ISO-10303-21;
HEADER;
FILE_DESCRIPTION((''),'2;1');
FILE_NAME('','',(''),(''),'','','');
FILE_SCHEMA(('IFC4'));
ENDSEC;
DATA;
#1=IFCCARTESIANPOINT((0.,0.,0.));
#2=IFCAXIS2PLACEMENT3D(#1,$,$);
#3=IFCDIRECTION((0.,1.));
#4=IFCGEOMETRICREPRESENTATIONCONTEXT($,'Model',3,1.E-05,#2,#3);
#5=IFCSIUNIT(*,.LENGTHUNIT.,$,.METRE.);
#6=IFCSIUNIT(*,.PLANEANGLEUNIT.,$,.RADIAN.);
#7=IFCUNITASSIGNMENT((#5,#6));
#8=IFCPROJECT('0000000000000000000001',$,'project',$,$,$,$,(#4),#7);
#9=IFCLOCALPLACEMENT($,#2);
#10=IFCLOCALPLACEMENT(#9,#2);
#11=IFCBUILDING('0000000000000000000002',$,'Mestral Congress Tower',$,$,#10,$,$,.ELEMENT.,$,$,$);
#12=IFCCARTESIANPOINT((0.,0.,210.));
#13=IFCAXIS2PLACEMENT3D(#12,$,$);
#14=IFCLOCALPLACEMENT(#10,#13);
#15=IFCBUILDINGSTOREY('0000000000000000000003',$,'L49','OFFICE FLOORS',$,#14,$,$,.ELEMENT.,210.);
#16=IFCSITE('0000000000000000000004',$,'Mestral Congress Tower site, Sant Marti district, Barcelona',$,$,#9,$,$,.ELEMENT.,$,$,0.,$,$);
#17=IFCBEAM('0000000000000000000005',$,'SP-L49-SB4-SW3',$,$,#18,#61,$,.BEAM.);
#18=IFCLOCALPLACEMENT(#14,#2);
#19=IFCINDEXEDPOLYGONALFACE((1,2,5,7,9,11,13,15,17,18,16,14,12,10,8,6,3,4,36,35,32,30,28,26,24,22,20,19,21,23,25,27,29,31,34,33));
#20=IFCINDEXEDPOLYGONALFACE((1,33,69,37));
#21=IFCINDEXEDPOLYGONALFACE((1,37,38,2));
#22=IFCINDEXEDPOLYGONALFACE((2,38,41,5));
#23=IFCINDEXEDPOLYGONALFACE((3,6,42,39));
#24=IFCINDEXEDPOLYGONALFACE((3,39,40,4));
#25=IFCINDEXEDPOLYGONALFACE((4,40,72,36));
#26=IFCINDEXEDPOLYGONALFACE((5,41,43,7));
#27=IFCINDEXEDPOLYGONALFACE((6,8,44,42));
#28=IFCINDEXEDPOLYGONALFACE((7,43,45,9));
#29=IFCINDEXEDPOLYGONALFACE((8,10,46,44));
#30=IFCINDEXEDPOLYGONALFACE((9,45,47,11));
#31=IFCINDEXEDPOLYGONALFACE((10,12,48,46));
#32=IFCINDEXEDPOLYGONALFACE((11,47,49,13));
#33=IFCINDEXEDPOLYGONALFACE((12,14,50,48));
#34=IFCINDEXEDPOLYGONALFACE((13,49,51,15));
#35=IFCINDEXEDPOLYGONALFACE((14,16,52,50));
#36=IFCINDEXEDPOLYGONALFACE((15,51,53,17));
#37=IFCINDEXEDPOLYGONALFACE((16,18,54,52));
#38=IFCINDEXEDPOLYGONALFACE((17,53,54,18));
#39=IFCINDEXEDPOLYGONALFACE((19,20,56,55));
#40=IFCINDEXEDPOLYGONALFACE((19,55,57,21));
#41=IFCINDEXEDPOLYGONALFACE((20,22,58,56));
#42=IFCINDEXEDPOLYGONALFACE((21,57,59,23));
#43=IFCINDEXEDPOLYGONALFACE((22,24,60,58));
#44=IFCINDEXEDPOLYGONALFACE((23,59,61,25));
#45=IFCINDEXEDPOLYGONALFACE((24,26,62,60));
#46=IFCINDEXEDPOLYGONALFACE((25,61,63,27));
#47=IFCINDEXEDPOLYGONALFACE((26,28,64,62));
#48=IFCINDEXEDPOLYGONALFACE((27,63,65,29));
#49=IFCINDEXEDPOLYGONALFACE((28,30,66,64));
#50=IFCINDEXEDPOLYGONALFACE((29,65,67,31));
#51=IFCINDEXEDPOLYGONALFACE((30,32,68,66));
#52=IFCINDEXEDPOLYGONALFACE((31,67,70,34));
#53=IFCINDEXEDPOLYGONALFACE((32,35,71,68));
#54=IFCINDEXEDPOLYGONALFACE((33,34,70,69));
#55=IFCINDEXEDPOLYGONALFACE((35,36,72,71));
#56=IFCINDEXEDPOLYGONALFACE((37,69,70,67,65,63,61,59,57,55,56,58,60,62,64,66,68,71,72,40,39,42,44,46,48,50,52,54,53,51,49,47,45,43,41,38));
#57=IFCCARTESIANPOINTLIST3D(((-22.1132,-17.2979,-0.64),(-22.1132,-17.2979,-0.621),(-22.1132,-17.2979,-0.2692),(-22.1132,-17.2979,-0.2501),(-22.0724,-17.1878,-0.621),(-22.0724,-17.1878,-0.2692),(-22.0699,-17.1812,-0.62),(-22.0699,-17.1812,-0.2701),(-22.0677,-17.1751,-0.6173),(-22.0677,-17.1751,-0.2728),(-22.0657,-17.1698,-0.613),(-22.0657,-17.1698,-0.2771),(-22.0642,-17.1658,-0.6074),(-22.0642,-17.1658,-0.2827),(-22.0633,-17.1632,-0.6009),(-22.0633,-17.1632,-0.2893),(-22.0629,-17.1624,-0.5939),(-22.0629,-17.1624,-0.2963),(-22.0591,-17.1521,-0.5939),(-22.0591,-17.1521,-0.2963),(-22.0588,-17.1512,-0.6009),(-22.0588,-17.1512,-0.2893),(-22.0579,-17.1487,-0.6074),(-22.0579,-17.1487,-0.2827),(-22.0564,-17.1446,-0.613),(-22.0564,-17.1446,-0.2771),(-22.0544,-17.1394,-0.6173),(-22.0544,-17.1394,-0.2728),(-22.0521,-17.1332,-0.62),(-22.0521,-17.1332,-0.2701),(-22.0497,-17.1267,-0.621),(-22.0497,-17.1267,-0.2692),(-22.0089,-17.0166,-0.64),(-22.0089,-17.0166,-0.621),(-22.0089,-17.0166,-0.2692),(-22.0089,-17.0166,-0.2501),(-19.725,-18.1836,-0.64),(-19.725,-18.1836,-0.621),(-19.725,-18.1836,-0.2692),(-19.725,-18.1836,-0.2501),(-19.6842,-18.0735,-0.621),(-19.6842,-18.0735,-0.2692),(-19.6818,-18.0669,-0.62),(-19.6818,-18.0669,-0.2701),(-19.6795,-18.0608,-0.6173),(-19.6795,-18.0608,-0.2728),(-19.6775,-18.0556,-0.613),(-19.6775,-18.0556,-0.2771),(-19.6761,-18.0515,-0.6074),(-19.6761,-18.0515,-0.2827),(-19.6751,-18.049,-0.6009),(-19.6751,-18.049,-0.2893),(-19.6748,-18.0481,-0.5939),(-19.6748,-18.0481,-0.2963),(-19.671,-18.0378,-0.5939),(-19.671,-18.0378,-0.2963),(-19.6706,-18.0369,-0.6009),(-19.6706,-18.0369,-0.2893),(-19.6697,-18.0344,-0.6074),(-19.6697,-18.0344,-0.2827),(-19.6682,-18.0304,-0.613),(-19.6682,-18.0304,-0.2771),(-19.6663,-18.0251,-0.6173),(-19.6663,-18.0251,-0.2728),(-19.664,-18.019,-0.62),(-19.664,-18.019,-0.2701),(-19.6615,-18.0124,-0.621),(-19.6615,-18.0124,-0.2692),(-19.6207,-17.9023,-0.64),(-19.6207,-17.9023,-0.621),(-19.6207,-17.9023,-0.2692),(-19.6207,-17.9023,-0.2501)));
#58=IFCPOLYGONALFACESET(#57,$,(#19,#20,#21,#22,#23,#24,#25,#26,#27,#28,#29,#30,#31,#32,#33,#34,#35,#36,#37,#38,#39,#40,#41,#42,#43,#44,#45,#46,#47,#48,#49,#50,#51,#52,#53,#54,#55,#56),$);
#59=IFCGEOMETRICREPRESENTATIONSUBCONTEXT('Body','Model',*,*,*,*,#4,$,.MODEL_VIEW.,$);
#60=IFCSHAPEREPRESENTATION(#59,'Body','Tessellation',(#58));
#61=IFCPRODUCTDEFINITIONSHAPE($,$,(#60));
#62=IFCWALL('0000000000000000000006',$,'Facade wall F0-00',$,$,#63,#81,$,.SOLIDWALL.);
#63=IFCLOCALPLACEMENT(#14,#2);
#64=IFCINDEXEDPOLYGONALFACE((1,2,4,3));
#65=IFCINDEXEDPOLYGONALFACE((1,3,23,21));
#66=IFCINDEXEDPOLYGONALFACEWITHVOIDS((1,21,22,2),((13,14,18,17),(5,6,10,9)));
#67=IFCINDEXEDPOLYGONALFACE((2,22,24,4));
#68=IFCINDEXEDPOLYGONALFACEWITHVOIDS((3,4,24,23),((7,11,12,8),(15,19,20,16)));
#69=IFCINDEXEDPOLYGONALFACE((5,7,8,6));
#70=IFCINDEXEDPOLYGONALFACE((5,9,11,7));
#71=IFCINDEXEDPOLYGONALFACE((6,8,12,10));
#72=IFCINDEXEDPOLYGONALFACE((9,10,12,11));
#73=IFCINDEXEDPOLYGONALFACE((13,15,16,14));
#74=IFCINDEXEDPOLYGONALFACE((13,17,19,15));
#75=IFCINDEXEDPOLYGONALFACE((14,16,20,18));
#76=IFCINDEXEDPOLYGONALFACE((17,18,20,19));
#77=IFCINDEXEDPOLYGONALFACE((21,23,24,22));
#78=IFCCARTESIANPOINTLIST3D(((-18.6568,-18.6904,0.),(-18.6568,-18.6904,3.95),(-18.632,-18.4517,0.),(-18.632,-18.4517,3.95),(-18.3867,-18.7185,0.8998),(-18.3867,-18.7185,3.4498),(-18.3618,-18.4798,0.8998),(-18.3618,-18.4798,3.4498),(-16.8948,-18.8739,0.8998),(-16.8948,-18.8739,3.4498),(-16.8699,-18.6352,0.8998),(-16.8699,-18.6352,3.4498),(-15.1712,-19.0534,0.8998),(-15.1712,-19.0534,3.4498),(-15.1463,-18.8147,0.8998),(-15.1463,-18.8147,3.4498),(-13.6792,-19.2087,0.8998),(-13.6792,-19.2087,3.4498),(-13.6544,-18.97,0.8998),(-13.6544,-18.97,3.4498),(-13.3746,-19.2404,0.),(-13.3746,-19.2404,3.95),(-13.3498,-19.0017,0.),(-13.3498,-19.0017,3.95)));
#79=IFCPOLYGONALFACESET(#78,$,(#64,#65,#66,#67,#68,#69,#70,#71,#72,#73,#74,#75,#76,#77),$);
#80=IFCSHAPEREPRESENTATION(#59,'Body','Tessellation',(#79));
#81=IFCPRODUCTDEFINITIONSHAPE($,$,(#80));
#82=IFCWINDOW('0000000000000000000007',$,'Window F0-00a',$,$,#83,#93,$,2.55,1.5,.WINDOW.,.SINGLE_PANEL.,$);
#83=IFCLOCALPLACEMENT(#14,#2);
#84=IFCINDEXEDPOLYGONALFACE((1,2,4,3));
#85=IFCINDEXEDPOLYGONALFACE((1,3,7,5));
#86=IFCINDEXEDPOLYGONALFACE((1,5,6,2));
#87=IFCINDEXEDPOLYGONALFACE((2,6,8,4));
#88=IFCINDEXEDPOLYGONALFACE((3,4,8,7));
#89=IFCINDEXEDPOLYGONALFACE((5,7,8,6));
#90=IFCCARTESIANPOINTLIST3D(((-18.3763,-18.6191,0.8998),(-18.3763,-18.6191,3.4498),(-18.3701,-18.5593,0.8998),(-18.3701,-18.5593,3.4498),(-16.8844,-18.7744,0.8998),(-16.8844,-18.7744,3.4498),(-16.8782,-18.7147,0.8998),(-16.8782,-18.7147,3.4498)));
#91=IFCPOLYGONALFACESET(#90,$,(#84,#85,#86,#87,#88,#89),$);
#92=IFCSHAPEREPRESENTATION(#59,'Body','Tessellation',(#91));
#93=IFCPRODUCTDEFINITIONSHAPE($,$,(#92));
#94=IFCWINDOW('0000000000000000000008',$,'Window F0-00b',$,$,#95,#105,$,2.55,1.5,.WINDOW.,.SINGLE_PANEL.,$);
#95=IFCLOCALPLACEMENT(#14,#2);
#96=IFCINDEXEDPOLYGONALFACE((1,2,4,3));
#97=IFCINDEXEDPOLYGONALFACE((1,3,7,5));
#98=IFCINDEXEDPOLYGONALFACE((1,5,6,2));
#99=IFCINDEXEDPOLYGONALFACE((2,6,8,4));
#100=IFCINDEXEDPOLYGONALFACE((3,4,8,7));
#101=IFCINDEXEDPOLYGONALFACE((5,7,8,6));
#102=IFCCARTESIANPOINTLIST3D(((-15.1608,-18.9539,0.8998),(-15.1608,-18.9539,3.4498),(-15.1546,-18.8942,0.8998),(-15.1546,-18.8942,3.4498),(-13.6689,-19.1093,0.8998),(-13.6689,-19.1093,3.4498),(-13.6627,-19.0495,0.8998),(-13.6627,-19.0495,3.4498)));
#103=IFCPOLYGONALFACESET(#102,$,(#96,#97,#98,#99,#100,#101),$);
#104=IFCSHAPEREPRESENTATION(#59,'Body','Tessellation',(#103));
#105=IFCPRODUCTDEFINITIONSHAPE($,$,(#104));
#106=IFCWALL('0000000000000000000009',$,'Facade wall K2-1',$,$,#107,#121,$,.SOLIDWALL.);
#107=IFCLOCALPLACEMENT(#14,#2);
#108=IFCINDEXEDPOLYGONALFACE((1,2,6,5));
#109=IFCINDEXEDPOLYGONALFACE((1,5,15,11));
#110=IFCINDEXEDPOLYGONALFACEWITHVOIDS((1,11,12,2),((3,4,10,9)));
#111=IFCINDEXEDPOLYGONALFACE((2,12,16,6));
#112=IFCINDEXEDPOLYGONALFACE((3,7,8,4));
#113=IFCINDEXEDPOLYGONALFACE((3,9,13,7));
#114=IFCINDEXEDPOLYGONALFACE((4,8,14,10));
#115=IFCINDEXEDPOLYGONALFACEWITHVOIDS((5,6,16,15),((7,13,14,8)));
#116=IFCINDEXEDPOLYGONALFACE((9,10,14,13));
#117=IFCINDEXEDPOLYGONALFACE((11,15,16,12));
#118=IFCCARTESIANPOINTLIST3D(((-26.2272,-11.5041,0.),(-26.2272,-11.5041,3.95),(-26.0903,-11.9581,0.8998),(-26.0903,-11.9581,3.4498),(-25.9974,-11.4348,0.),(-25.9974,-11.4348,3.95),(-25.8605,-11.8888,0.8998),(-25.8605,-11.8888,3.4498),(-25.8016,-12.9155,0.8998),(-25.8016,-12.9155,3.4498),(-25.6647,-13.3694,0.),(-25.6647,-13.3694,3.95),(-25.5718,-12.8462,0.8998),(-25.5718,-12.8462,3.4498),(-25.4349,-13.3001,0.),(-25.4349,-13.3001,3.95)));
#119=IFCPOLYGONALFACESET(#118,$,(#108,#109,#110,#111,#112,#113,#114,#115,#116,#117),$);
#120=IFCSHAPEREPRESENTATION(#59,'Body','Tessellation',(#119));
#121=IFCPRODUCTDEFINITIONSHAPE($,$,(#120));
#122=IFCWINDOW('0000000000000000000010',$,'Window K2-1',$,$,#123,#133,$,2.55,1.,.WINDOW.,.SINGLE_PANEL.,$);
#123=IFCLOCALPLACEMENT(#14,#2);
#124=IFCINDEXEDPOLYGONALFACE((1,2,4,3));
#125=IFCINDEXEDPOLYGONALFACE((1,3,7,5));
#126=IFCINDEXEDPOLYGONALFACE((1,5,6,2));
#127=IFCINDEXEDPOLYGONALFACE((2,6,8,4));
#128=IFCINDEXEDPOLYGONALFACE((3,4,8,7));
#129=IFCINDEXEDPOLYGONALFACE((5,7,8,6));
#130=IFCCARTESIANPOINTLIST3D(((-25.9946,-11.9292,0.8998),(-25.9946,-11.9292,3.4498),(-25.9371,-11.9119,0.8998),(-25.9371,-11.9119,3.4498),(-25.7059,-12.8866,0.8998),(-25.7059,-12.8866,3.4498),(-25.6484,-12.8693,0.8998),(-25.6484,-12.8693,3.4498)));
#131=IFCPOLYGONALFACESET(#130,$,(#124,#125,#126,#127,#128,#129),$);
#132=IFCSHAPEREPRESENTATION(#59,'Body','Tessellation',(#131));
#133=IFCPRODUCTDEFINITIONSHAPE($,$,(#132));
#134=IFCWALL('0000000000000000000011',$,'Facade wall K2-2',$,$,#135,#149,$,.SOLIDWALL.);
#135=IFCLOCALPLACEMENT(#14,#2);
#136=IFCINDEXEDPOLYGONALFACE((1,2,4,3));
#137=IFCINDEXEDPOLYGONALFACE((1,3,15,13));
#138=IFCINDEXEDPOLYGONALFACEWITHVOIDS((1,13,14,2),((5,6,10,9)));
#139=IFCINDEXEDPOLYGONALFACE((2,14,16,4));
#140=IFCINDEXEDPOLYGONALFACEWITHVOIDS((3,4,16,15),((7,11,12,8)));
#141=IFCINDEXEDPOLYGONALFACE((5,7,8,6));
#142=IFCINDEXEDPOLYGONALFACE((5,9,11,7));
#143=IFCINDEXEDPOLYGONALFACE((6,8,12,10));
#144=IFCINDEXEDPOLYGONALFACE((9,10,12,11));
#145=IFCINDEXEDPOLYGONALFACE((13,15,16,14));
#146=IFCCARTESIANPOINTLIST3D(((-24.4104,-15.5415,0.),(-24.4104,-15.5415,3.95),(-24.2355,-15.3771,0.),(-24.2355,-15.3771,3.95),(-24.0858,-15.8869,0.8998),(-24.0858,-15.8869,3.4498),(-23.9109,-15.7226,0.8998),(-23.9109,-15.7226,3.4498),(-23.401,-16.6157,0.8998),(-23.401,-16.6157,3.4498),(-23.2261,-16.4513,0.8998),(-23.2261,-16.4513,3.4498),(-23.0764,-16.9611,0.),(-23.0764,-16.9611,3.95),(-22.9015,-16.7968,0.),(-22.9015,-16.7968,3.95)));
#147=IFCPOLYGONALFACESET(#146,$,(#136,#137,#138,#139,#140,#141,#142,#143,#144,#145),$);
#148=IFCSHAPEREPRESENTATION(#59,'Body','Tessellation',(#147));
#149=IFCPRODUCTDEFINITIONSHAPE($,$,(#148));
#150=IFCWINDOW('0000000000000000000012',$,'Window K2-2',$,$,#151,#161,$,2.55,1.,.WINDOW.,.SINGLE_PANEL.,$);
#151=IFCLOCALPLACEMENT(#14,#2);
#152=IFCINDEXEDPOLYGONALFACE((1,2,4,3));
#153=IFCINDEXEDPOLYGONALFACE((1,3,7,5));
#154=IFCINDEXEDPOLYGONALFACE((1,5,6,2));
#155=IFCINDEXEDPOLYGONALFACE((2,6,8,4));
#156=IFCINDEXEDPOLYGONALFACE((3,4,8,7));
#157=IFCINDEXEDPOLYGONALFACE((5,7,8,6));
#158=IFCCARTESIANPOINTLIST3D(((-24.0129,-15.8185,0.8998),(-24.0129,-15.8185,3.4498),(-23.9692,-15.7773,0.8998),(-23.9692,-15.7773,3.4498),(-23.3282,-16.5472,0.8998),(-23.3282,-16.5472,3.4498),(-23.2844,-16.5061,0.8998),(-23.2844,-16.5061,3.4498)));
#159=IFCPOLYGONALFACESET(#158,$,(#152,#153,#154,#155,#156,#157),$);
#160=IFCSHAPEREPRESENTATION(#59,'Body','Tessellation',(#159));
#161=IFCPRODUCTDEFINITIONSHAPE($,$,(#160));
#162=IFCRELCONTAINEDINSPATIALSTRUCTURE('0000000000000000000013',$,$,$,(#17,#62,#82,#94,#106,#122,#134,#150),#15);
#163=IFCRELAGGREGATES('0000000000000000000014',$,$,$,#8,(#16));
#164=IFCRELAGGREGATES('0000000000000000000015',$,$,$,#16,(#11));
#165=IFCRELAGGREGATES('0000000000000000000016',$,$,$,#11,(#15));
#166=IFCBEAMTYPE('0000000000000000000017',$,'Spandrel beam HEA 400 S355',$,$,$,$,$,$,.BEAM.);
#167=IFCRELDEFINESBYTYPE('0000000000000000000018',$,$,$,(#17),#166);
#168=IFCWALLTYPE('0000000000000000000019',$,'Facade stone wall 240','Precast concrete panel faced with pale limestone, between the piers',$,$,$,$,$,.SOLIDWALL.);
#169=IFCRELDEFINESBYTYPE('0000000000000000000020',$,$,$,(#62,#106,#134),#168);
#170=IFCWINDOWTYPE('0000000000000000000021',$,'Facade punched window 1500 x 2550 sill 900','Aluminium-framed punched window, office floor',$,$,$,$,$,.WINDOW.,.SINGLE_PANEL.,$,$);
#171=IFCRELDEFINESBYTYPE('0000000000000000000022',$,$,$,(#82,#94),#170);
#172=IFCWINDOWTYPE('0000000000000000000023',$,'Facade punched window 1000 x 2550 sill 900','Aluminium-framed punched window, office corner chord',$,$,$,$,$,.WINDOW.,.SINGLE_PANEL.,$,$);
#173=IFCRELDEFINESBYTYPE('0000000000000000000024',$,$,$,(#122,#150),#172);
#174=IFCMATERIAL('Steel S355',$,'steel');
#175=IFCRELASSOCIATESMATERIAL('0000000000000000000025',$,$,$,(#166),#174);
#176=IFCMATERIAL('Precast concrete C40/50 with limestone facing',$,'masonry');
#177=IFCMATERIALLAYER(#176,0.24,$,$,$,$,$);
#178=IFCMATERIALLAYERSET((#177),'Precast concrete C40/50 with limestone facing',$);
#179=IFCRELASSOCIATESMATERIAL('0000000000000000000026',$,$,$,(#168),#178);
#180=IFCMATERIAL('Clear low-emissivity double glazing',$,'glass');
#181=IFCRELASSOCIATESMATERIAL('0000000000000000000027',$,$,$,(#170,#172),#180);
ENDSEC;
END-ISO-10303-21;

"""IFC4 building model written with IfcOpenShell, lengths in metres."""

from ifc_helpers import new_model, si_unit, direction, frame, frame_2d, origin, origin_2d, place, context, subcontext, project, spatial, rectangle, i_section, extrude, material, layer, layer_set, material_profile, profile_set, type_object, element, fill, save


model = new_model("IFC4")

# Units and contexts
model_context = context("Model", 3, precision=1e-05, world=origin(), true_north=direction((0.0, 1.0)))
body_context = subcontext(model_context, "Body", "Model", "MODEL_VIEW")
ifc_project = project(units=[si_unit("LENGTHUNIT", "METRE"), si_unit("PLANEANGLEUNIT", "RADIAN")], contexts=[model_context])

# Site, building, storey
site_placement = place(None, origin())
site = spatial("IfcSite", under=ifc_project, at=site_placement, Name="Mestral Congress Tower site, Sant Marti district, Barcelona", CompositionType="ELEMENT", RefElevation=0.0)
building_placement = place(site_placement, origin())
building = spatial("IfcBuilding", under=site, at=building_placement, Name="Mestral Congress Tower", CompositionType="ELEMENT")
storey_placement = place(building_placement, frame((0.0, 0.0, 210.0)))
storey = spatial("IfcBuildingStorey", under=building, at=storey_placement, Name="L49", Description="OFFICE FLOORS", CompositionType="ELEMENT", Elevation=210.0)

# Beam
ifc_material_1 = material(Name="Steel S355", Category="steel")
ifc_material_profile_1 = material_profile(ifc_material_1, i_section(OverallWidth=0.3, OverallDepth=0.3899, WebThickness=0.011, FlangeThickness=0.019, FilletRadius=0.0271, at=origin_2d()), Name="HEA 400")
ifc_profile_set_1 = profile_set([ifc_material_profile_1], Name="Steel S355")
beam_type_1 = type_object("IfcBeamType", Name="Spandrel beam HEA 400 S355", PredefinedType="BEAM", material=ifc_profile_set_1)
beam_1_placement = place(storey_placement, frame((-22.061, -17.1572, -0.4451), z_axis=(0.937591, -0.347739, 0.0), x_axis=(0.347739, 0.937591, 0.0)))
element("IfcBeam", 1, at=beam_1_placement, inside=storey, type_object=beam_type_1, Name="SP-L49-SB4-SW3", PredefinedType="BEAM", context=body_context, shape_type="SweptSolid", body=[
    extrude(i_section(OverallWidth=0.3, OverallDepth=0.3899, WebThickness=0.011, FlangeThickness=0.019, FilletRadius=0.0271, at=origin_2d()), origin(), (0.0, 0.0, 1.0), 2.5471),
])

# Wall, openings, windows
ifc_material_2 = material(Name="Precast concrete C40/50 with limestone facing", Category="masonry")
ifc_layer_1 = layer(ifc_material_2, 0.24)
ifc_layer_set_1 = layer_set([ifc_layer_1], Name="Precast concrete C40/50 with limestone facing")
wall_type_1 = type_object("IfcWallType", Name="Facade stone wall 240", Description="Precast concrete panel faced with pale limestone, between the piers", PredefinedType="SOLIDWALL", material=ifc_layer_set_1)
wall_1_placement = place(storey_placement, frame((-18.6443, -18.571, 0.0), z_axis=(0.0, 0.0, 1.0), x_axis=(0.994622, -0.103572, 0.0)))
wall_1 = element("IfcWall", 2, at=wall_1_placement, inside=storey, type_object=wall_type_1, Name="Facade wall F0-00", PredefinedType="SOLIDWALL", context=body_context, shape_type="SweptSolid", body=[
    extrude(rectangle(XDim=5.3108, YDim=0.24, at=frame_2d((2.6553, 0.0))), origin(), (0.0, 0.0, 1.0), 3.95),
])
opening_1_placement = place(wall_1_placement, frame((0.2715, 0.0, 0.8999)))
opening_1 = element("IfcOpeningElement", 3, at=opening_1_placement, cuts=wall_1, PredefinedType="OPENING", context=body_context, shape_type="SweptSolid", body=[
    extrude(rectangle(XDim=1.5, YDim=2.55, at=frame_2d((0.75, 1.2749))), frame((0.0, 0.1299, 0.0), z_axis=(0.0, -1.0, 0.0), x_axis=(1.0, 0.0, 0.0)), (0.0, 0.0, 1.0), 0.26),
])
opening_2_placement = place(wall_1_placement, frame((3.5044, 0.0, 0.8999)))
opening_2 = element("IfcOpeningElement", 4, at=opening_2_placement, cuts=wall_1, PredefinedType="OPENING", context=body_context, shape_type="SweptSolid", body=[
    extrude(rectangle(XDim=1.5, YDim=2.55, at=frame_2d((0.75, 1.2749))), frame((0.0, 0.1299, 0.0), z_axis=(0.0, -1.0, 0.0), x_axis=(1.0, 0.0, 0.0)), (0.0, 0.0, 1.0), 0.26),
])
ifc_material_3 = material(Name="Clear low-emissivity double glazing", Category="glass")
window_type_1 = type_object("IfcWindowType", Name="Facade punched window 1500 x 2550 sill 900", Description="Aluminium-framed punched window, office floor", PartitioningType="SINGLE_PANEL", PredefinedType="WINDOW", material=ifc_material_3)
window_1_placement = place(opening_1_placement, origin())
window_1 = element("IfcWindow", 5, at=window_1_placement, inside=storey, type_object=window_type_1, Name="Window F0-00a", OverallHeight=2.55, OverallWidth=1.5, PartitioningType="SINGLE_PANEL", PredefinedType="WINDOW", context=body_context, shape_type="SweptSolid", body=[
    extrude(rectangle(XDim=1.5, YDim=2.55, at=frame_2d((0.75, 1.2749))), frame((0.0, 0.04, 0.0), z_axis=(0.0, -1.0, 0.0), x_axis=(1.0, 0.0, 0.0)), (0.0, 0.0, 1.0), 0.0601),
])
fill(opening_1, window_1)
window_2_placement = place(opening_2_placement, origin())
window_2 = element("IfcWindow", 6, at=window_2_placement, inside=storey, type_object=window_type_1, Name="Window F0-00b", OverallHeight=2.55, OverallWidth=1.5, PartitioningType="SINGLE_PANEL", PredefinedType="WINDOW", context=body_context, shape_type="SweptSolid", body=[
    extrude(rectangle(XDim=1.5, YDim=2.55, at=frame_2d((0.75, 1.2749))), frame((0.0, 0.04, 0.0), z_axis=(0.0, -1.0, 0.0), x_axis=(1.0, 0.0, 0.0)), (0.0, 0.0, 1.0), 0.0601),
])
fill(opening_2, window_2)

# Walls, openings, windows
wall_2_placement = place(storey_placement, frame((-26.1123, -11.4695, 0.0), z_axis=(0.0, 0.0, 1.0), x_axis=(0.288727, -0.957411, 0.0)))
wall_2 = element("IfcWall", 7, at=wall_2_placement, inside=storey, type_object=wall_type_1, Name="Facade wall K2-1", PredefinedType="SOLIDWALL", context=body_context, shape_type="SweptSolid", body=[
    extrude(rectangle(XDim=1.9482, YDim=0.24, at=frame_2d((0.9741, 0.0))), origin(), (0.0, 0.0, 1.0), 3.95),
])
opening_3_placement = place(wall_2_placement, frame((0.4741, 0.0, 0.8999)))
opening_3 = element("IfcOpeningElement", 8, at=opening_3_placement, cuts=wall_2, PredefinedType="OPENING", context=body_context, shape_type="SweptSolid", body=[
    extrude(rectangle(XDim=1.0, YDim=2.55, at=frame_2d((0.5, 1.2749))), frame((0.0, 0.1299, 0.0), z_axis=(0.0, -1.0, 0.0), x_axis=(1.0, 0.0, 0.0)), (0.0, 0.0, 1.0), 0.26),
])
window_type_2 = type_object("IfcWindowType", Name="Facade punched window 1000 x 2550 sill 900", Description="Aluminium-framed punched window, office corner chord", PartitioningType="SINGLE_PANEL", PredefinedType="WINDOW", material=ifc_material_3)
window_3_placement = place(opening_3_placement, origin())
window_3 = element("IfcWindow", 9, at=window_3_placement, inside=storey, type_object=window_type_2, Name="Window K2-1", OverallHeight=2.55, OverallWidth=1.0, PartitioningType="SINGLE_PANEL", PredefinedType="WINDOW", context=body_context, shape_type="SweptSolid", body=[
    extrude(rectangle(XDim=1.0, YDim=2.55, at=frame_2d((0.5, 1.2749))), frame((0.0, 0.04, 0.0), z_axis=(0.0, -1.0, 0.0), x_axis=(1.0, 0.0, 0.0)), (0.0, 0.0, 1.0), 0.0601),
])
fill(opening_3, window_3)
wall_3_placement = place(storey_placement, frame((-24.323, -15.4592, 0.0), z_axis=(0.0, 0.0, 1.0), x_axis=(0.68477, -0.728759, 0.0)))
wall_3 = element("IfcWall", 10, at=wall_3_placement, inside=storey, type_object=wall_type_1, Name="Facade wall K2-2", PredefinedType="SOLIDWALL", context=body_context, shape_type="SweptSolid", body=[
    extrude(rectangle(XDim=1.948, YDim=0.24, at=frame_2d((0.9741, 0.0))), origin(), (0.0, 0.0, 1.0), 3.95),
])
opening_4_placement = place(wall_3_placement, frame((0.4741, 0.0, 0.8999)))
opening_4 = element("IfcOpeningElement", 11, at=opening_4_placement, cuts=wall_3, PredefinedType="OPENING", context=body_context, shape_type="SweptSolid", body=[
    extrude(rectangle(XDim=1.0, YDim=2.55, at=frame_2d((0.5, 1.2749))), frame((0.0, 0.1299, 0.0), z_axis=(0.0, -1.0, 0.0), x_axis=(1.0, 0.0, 0.0)), (0.0, 0.0, 1.0), 0.26),
])
window_4_placement = place(opening_4_placement, origin())
window_4 = element("IfcWindow", 12, at=window_4_placement, inside=storey, type_object=window_type_2, Name="Window K2-2", OverallHeight=2.55, OverallWidth=1.0, PartitioningType="SINGLE_PANEL", PredefinedType="WINDOW", context=body_context, shape_type="SweptSolid", body=[
    extrude(rectangle(XDim=1.0, YDim=2.55, at=frame_2d((0.5, 1.2749))), frame((0.0, 0.04, 0.0), z_axis=(0.0, -1.0, 0.0), x_axis=(1.0, 0.0, 0.0)), (0.0, 0.0, 1.0), 0.0601),
])
fill(opening_4, window_4)

save(model, "model.ifc")
